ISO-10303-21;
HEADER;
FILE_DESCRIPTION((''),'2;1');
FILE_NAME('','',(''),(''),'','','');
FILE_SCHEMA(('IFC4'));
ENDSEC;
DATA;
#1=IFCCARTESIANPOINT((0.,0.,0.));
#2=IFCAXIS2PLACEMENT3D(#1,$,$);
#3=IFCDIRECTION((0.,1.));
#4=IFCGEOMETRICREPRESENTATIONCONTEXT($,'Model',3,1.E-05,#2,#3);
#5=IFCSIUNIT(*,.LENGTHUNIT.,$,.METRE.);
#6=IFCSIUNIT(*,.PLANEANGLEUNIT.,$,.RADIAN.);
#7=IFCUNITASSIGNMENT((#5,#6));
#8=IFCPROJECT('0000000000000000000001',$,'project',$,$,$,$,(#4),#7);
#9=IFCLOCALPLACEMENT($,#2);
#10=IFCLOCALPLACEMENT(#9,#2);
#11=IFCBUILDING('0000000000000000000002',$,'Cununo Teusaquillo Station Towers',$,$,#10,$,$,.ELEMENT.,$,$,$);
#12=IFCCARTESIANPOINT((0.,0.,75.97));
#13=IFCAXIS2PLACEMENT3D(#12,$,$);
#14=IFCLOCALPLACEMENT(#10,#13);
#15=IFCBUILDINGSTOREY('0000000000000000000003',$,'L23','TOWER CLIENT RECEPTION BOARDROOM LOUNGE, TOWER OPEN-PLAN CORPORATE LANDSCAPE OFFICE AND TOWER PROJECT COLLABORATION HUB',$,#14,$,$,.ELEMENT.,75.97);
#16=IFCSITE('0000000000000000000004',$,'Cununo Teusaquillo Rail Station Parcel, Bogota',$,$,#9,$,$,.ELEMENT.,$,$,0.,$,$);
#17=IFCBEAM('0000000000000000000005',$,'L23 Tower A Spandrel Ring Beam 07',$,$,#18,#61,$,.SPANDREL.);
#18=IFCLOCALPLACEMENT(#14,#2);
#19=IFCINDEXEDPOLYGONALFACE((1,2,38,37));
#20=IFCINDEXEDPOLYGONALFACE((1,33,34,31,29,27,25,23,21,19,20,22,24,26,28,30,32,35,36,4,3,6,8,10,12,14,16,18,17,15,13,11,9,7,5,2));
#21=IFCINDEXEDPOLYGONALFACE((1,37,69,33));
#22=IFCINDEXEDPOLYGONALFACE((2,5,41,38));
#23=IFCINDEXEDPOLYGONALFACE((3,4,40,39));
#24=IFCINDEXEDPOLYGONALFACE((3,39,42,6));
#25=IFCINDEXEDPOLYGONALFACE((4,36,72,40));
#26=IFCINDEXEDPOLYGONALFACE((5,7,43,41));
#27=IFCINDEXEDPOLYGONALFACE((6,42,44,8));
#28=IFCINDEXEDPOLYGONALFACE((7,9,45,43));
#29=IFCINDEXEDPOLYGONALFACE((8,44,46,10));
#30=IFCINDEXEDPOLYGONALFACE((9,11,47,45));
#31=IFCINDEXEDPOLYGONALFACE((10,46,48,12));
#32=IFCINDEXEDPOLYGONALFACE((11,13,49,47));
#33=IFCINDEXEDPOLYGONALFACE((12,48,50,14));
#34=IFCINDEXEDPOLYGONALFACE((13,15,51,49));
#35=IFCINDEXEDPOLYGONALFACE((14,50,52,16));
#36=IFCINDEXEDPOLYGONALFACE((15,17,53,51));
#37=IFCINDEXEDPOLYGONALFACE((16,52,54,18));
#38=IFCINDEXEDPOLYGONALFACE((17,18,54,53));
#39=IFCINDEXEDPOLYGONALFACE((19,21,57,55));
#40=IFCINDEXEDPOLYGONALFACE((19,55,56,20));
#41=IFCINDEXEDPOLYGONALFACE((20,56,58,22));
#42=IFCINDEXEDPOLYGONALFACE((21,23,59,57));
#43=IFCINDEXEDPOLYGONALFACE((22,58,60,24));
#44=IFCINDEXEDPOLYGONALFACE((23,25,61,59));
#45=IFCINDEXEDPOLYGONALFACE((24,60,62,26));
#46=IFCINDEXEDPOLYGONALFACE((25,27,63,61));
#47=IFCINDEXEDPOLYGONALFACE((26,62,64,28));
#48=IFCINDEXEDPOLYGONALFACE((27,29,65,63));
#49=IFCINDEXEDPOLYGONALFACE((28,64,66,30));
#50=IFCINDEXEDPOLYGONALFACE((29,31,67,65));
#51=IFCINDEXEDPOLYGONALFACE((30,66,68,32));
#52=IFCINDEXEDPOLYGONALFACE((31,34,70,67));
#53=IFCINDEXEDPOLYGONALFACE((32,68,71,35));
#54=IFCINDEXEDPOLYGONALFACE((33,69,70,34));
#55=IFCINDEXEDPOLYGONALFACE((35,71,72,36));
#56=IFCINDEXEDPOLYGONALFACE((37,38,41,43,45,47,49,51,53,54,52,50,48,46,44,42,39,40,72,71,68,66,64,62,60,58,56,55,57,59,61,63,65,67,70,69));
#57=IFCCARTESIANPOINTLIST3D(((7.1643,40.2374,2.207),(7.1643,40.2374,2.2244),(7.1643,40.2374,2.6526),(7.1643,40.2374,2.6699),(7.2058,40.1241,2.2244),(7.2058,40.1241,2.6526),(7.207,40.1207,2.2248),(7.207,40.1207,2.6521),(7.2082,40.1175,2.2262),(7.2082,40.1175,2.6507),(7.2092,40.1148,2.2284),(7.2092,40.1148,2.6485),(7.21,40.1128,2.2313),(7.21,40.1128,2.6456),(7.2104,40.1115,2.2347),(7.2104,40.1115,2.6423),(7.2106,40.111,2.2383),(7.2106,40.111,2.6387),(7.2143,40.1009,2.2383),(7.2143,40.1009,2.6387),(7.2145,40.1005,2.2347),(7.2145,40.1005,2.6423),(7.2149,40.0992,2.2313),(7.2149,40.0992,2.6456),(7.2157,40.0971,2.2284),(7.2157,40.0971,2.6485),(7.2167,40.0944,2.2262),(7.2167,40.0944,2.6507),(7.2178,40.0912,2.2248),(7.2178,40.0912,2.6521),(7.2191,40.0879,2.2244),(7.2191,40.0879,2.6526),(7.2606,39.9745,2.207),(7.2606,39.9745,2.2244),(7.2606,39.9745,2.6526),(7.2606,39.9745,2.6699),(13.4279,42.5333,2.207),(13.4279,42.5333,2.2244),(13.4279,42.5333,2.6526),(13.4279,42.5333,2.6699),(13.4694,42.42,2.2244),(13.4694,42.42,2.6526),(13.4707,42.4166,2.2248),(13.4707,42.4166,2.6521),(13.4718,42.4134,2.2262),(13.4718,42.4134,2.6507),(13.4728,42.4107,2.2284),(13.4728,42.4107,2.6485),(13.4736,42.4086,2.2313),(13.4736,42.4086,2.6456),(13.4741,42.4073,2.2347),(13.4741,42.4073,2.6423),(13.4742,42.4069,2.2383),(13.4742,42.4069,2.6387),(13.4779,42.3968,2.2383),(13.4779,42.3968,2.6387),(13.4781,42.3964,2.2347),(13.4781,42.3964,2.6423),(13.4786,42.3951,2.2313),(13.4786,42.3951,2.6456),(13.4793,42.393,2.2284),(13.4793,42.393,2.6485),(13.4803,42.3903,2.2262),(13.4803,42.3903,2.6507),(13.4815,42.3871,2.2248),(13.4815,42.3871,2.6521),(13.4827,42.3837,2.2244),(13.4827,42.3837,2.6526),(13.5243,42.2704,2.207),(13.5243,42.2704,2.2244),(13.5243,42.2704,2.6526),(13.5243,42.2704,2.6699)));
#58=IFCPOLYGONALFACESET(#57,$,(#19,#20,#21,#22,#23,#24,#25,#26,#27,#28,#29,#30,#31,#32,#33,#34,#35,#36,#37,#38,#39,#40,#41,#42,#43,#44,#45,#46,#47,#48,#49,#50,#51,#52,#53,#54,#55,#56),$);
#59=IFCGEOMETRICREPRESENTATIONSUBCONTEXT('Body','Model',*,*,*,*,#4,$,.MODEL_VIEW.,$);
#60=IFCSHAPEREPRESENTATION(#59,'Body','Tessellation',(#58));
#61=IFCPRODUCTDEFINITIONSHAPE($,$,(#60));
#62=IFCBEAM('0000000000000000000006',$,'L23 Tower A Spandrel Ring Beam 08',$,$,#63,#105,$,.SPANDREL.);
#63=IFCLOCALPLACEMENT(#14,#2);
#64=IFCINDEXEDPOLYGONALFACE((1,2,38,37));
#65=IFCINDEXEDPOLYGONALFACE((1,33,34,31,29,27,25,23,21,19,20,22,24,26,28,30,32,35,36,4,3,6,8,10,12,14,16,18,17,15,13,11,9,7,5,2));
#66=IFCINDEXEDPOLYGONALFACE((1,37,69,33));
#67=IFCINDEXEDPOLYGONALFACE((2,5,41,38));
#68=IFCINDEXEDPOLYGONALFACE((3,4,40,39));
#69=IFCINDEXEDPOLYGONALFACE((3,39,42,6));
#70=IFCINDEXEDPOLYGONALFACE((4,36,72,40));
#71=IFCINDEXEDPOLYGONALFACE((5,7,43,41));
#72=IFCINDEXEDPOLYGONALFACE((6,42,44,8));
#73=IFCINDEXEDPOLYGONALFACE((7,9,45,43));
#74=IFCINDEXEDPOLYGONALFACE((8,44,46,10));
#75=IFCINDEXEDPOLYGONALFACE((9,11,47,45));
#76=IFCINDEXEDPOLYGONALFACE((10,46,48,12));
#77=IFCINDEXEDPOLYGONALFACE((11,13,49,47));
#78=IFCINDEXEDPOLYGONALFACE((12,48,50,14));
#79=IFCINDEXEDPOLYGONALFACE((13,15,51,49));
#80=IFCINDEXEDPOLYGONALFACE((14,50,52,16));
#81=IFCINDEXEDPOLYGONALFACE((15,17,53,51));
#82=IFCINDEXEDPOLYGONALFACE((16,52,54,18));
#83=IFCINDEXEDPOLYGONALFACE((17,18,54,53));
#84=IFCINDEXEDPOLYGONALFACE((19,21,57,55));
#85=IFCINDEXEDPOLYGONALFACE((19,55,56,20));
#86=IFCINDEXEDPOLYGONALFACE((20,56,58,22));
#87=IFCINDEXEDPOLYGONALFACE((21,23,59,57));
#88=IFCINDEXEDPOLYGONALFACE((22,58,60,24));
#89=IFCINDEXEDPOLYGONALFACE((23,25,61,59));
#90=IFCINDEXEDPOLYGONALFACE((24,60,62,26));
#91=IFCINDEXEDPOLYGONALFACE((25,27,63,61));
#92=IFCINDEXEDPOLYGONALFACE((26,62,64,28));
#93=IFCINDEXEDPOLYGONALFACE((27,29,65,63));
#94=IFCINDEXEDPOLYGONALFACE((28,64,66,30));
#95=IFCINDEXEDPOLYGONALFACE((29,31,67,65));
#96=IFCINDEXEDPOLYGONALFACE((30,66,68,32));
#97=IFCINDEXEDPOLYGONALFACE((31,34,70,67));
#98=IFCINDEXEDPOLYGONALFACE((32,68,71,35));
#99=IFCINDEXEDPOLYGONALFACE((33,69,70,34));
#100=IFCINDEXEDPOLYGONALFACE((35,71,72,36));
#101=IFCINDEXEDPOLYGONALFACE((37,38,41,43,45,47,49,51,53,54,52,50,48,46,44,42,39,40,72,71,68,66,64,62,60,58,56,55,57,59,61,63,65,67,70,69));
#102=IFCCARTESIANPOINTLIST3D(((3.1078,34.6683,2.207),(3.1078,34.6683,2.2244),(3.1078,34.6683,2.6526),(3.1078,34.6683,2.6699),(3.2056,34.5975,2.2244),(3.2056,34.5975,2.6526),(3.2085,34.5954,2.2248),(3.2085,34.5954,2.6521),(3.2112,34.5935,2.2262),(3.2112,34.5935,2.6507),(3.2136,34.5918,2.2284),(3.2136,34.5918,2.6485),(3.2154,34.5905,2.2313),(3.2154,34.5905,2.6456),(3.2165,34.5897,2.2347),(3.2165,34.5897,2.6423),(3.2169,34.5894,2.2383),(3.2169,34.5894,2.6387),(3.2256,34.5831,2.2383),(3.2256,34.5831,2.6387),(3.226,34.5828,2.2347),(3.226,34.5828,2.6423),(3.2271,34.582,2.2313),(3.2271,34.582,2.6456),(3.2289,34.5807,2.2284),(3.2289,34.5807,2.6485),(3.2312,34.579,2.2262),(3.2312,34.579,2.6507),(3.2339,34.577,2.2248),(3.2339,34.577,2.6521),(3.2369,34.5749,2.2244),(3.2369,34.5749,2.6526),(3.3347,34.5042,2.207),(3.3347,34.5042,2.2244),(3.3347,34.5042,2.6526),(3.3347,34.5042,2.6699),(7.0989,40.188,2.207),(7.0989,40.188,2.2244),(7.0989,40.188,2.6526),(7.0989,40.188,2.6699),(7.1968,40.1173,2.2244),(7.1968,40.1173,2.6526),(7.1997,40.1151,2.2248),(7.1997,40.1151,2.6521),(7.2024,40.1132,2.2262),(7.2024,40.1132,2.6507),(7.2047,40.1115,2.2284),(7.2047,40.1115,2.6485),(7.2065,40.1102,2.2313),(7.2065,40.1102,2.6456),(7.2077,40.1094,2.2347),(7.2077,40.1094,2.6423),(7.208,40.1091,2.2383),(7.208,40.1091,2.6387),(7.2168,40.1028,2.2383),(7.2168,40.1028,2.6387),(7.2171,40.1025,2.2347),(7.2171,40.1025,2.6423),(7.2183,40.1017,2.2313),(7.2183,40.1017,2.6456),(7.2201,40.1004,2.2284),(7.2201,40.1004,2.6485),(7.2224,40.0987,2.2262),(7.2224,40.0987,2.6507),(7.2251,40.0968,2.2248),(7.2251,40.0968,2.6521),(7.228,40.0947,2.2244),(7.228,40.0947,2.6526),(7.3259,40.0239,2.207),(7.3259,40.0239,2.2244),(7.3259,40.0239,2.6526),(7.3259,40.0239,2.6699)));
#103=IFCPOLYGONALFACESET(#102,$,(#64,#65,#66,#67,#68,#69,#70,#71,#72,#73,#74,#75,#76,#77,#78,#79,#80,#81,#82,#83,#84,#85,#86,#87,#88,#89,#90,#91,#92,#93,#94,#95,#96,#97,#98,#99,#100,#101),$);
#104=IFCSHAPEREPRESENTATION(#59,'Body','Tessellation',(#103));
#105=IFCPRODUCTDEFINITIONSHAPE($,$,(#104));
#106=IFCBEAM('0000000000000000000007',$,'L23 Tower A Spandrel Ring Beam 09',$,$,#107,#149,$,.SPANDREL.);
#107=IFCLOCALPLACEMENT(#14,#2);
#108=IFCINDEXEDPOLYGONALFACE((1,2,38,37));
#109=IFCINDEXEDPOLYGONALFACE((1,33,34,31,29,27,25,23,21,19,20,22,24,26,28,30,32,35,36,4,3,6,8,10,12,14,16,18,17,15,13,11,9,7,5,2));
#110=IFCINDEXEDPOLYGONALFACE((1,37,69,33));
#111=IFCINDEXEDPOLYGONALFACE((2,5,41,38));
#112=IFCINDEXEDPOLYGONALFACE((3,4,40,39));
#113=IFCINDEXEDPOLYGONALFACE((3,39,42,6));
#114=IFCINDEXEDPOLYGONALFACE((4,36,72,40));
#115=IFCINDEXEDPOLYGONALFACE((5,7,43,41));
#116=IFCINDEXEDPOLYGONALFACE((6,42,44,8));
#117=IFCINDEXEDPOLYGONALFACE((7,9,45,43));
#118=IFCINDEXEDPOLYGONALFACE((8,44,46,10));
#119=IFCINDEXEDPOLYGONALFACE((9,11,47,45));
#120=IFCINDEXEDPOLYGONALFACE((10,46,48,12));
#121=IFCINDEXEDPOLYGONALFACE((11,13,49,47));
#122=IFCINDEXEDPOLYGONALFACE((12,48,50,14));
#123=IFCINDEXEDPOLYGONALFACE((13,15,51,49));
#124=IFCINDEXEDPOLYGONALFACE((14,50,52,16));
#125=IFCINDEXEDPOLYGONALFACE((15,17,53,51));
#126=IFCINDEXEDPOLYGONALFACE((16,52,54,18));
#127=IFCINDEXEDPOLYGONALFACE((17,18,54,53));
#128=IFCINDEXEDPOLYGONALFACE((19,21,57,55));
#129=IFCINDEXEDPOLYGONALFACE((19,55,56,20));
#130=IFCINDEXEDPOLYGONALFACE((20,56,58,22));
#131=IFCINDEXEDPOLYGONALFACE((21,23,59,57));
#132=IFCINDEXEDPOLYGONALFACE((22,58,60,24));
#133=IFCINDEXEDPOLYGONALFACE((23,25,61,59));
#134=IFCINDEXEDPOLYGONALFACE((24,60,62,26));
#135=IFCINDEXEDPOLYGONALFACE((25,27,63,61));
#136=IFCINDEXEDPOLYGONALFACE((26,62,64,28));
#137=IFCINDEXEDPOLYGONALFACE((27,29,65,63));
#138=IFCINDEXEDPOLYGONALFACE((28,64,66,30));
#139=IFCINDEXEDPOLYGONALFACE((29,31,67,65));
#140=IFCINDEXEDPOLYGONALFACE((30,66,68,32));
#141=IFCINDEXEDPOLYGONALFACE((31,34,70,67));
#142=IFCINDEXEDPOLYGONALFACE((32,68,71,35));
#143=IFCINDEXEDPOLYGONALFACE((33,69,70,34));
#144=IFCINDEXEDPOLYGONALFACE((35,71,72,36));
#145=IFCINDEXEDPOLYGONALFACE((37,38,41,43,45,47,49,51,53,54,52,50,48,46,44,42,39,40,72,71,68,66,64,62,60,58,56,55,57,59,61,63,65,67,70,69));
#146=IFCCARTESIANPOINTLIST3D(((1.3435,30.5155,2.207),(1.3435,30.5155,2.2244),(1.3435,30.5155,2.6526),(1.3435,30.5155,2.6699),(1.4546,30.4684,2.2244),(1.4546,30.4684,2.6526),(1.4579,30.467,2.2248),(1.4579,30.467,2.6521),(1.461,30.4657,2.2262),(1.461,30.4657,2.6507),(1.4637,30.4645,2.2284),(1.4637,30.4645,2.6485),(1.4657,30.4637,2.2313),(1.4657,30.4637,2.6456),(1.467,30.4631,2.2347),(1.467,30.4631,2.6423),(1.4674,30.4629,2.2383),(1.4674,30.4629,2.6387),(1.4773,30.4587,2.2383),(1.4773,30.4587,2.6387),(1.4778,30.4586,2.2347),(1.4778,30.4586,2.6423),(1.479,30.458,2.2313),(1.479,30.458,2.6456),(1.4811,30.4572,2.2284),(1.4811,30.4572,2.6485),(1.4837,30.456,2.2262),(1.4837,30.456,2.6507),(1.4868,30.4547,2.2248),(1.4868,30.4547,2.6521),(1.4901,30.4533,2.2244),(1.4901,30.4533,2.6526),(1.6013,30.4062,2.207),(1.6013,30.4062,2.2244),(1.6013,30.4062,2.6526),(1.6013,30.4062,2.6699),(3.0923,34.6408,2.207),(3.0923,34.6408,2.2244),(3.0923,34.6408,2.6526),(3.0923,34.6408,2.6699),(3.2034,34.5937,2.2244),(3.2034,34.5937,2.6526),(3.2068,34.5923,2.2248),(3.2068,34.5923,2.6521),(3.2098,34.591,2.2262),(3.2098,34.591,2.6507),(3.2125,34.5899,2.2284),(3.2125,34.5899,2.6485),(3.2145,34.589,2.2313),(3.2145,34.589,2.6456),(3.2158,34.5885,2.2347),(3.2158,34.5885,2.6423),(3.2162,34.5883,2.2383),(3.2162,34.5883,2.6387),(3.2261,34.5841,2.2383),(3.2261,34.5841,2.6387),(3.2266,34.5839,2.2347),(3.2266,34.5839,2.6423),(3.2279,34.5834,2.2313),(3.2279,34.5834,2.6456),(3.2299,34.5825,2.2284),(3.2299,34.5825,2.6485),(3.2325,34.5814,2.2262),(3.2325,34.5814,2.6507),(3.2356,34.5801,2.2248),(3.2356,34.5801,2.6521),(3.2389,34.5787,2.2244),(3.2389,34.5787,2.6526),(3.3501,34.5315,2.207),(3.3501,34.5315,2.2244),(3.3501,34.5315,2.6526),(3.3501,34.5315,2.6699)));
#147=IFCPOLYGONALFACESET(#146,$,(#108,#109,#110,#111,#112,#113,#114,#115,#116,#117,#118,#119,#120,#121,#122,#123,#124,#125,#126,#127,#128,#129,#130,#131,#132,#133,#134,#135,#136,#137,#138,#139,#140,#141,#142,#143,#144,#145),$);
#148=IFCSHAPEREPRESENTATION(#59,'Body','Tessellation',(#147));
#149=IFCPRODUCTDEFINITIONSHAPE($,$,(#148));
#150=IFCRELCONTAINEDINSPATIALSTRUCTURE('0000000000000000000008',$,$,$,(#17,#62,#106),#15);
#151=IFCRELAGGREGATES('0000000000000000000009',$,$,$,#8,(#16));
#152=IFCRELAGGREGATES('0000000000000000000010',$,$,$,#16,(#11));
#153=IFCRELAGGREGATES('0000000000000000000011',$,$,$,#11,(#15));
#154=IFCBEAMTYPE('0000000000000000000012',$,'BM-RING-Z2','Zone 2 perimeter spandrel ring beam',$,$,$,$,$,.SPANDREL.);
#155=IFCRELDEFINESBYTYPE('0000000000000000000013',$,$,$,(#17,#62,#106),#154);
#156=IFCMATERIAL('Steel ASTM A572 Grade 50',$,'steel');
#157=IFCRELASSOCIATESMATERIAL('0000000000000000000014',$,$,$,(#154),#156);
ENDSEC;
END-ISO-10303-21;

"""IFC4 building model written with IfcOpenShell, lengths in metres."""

from ifc_helpers import new_model, si_unit, direction, frame, origin, origin_2d, place, context, subcontext, project, spatial, i_section, extrude, material, material_profile, profile_set, type_object, element, save


model = new_model("IFC4")

# Units and contexts
model_context = context("Model", 3, precision=1e-05, world=origin(), true_north=direction((0.0, 1.0)))
body_context = subcontext(model_context, "Body", "Model", "MODEL_VIEW")
ifc_project = project(units=[si_unit("LENGTHUNIT", "METRE"), si_unit("PLANEANGLEUNIT", "RADIAN")], contexts=[model_context])

# Site, building, storey
site_placement = place(None, origin())
site = spatial("IfcSite", under=ifc_project, at=site_placement, Name="Cununo Teusaquillo Rail Station Parcel, Bogota", CompositionType="ELEMENT", RefElevation=0.0)
building_placement = place(site_placement, origin())
building = spatial("IfcBuilding", under=site, at=building_placement, Name="Cununo Teusaquillo Station Towers", CompositionType="ELEMENT")
storey_placement = place(building_placement, frame((0.0, 0.0, 75.97)))
storey = spatial("IfcBuildingStorey", under=building, at=storey_placement, Name="L23", Description="TOWER CLIENT RECEPTION BOARDROOM LOUNGE, TOWER OPEN-PLAN CORPORATE LANDSCAPE OFFICE AND TOWER PROJECT COLLABORATION HUB", CompositionType="ELEMENT", Elevation=75.97)

# Beams
ifc_material_1 = material(Name="Steel ASTM A572 Grade 50", Category="steel")
ifc_material_profile_1 = material_profile(ifc_material_1, i_section(OverallWidth=0.28, OverallDepth=0.4629, WebThickness=0.0107, FlangeThickness=0.0173, FilletRadius=0.0139, at=origin_2d()), Name="W18X76")
ifc_profile_set_1 = profile_set([ifc_material_profile_1], Name="Steel ASTM A572 Grade 50")
beam_type_1 = type_object("IfcBeamType", Name="BM-RING-Z2", Description="Zone 2 perimeter spandrel ring beam", PredefinedType="SPANDREL", material=ifc_profile_set_1)
beam_1_placement = place(storey_placement, frame((13.4761, 42.4019, 2.4385), z_axis=(-0.938914, -0.344151, 0.0), x_axis=(0.344151, -0.938914, 0.0)))
element("IfcBeam", 1, at=beam_1_placement, inside=storey, type_object=beam_type_1, Name="L23 Tower A Spandrel Ring Beam 07", PredefinedType="SPANDREL", context=body_context, shape_type="SweptSolid", body=[
    extrude(i_section(OverallWidth=0.28, OverallDepth=0.4629, WebThickness=0.0107, FlangeThickness=0.0173, FilletRadius=0.0139, at=origin_2d()), origin(), (0.0, 0.0, 1.0), 6.6711),
])
beam_2_placement = place(storey_placement, frame((7.2124, 40.106, 2.4385), z_axis=(-0.585945, -0.810351, 0.0), x_axis=(0.810351, -0.585945, 0.0)))
element("IfcBeam", 2, at=beam_2_placement, inside=storey, type_object=beam_type_1, Name="L23 Tower A Spandrel Ring Beam 08", PredefinedType="SPANDREL", context=body_context, shape_type="SweptSolid", body=[
    extrude(i_section(OverallWidth=0.28, OverallDepth=0.4629, WebThickness=0.0107, FlangeThickness=0.0173, FilletRadius=0.0139, at=origin_2d()), origin(), (0.0, 0.0, 1.0), 6.8115),
])
beam_3_placement = place(storey_placement, frame((3.2212, 34.5862, 2.4385), z_axis=(-0.390299, -0.920688, 0.0), x_axis=(0.920688, -0.390299, 0.0)))
element("IfcBeam", 3, at=beam_3_placement, inside=storey, type_object=beam_type_1, Name="L23 Tower A Spandrel Ring Beam 09", PredefinedType="SPANDREL", context=body_context, shape_type="SweptSolid", body=[
    extrude(i_section(OverallWidth=0.28, OverallDepth=0.4629, WebThickness=0.0107, FlangeThickness=0.0173, FilletRadius=0.0139, at=origin_2d()), origin(), (0.0, 0.0, 1.0), 4.4807),
])

save(model, "model.ifc")
